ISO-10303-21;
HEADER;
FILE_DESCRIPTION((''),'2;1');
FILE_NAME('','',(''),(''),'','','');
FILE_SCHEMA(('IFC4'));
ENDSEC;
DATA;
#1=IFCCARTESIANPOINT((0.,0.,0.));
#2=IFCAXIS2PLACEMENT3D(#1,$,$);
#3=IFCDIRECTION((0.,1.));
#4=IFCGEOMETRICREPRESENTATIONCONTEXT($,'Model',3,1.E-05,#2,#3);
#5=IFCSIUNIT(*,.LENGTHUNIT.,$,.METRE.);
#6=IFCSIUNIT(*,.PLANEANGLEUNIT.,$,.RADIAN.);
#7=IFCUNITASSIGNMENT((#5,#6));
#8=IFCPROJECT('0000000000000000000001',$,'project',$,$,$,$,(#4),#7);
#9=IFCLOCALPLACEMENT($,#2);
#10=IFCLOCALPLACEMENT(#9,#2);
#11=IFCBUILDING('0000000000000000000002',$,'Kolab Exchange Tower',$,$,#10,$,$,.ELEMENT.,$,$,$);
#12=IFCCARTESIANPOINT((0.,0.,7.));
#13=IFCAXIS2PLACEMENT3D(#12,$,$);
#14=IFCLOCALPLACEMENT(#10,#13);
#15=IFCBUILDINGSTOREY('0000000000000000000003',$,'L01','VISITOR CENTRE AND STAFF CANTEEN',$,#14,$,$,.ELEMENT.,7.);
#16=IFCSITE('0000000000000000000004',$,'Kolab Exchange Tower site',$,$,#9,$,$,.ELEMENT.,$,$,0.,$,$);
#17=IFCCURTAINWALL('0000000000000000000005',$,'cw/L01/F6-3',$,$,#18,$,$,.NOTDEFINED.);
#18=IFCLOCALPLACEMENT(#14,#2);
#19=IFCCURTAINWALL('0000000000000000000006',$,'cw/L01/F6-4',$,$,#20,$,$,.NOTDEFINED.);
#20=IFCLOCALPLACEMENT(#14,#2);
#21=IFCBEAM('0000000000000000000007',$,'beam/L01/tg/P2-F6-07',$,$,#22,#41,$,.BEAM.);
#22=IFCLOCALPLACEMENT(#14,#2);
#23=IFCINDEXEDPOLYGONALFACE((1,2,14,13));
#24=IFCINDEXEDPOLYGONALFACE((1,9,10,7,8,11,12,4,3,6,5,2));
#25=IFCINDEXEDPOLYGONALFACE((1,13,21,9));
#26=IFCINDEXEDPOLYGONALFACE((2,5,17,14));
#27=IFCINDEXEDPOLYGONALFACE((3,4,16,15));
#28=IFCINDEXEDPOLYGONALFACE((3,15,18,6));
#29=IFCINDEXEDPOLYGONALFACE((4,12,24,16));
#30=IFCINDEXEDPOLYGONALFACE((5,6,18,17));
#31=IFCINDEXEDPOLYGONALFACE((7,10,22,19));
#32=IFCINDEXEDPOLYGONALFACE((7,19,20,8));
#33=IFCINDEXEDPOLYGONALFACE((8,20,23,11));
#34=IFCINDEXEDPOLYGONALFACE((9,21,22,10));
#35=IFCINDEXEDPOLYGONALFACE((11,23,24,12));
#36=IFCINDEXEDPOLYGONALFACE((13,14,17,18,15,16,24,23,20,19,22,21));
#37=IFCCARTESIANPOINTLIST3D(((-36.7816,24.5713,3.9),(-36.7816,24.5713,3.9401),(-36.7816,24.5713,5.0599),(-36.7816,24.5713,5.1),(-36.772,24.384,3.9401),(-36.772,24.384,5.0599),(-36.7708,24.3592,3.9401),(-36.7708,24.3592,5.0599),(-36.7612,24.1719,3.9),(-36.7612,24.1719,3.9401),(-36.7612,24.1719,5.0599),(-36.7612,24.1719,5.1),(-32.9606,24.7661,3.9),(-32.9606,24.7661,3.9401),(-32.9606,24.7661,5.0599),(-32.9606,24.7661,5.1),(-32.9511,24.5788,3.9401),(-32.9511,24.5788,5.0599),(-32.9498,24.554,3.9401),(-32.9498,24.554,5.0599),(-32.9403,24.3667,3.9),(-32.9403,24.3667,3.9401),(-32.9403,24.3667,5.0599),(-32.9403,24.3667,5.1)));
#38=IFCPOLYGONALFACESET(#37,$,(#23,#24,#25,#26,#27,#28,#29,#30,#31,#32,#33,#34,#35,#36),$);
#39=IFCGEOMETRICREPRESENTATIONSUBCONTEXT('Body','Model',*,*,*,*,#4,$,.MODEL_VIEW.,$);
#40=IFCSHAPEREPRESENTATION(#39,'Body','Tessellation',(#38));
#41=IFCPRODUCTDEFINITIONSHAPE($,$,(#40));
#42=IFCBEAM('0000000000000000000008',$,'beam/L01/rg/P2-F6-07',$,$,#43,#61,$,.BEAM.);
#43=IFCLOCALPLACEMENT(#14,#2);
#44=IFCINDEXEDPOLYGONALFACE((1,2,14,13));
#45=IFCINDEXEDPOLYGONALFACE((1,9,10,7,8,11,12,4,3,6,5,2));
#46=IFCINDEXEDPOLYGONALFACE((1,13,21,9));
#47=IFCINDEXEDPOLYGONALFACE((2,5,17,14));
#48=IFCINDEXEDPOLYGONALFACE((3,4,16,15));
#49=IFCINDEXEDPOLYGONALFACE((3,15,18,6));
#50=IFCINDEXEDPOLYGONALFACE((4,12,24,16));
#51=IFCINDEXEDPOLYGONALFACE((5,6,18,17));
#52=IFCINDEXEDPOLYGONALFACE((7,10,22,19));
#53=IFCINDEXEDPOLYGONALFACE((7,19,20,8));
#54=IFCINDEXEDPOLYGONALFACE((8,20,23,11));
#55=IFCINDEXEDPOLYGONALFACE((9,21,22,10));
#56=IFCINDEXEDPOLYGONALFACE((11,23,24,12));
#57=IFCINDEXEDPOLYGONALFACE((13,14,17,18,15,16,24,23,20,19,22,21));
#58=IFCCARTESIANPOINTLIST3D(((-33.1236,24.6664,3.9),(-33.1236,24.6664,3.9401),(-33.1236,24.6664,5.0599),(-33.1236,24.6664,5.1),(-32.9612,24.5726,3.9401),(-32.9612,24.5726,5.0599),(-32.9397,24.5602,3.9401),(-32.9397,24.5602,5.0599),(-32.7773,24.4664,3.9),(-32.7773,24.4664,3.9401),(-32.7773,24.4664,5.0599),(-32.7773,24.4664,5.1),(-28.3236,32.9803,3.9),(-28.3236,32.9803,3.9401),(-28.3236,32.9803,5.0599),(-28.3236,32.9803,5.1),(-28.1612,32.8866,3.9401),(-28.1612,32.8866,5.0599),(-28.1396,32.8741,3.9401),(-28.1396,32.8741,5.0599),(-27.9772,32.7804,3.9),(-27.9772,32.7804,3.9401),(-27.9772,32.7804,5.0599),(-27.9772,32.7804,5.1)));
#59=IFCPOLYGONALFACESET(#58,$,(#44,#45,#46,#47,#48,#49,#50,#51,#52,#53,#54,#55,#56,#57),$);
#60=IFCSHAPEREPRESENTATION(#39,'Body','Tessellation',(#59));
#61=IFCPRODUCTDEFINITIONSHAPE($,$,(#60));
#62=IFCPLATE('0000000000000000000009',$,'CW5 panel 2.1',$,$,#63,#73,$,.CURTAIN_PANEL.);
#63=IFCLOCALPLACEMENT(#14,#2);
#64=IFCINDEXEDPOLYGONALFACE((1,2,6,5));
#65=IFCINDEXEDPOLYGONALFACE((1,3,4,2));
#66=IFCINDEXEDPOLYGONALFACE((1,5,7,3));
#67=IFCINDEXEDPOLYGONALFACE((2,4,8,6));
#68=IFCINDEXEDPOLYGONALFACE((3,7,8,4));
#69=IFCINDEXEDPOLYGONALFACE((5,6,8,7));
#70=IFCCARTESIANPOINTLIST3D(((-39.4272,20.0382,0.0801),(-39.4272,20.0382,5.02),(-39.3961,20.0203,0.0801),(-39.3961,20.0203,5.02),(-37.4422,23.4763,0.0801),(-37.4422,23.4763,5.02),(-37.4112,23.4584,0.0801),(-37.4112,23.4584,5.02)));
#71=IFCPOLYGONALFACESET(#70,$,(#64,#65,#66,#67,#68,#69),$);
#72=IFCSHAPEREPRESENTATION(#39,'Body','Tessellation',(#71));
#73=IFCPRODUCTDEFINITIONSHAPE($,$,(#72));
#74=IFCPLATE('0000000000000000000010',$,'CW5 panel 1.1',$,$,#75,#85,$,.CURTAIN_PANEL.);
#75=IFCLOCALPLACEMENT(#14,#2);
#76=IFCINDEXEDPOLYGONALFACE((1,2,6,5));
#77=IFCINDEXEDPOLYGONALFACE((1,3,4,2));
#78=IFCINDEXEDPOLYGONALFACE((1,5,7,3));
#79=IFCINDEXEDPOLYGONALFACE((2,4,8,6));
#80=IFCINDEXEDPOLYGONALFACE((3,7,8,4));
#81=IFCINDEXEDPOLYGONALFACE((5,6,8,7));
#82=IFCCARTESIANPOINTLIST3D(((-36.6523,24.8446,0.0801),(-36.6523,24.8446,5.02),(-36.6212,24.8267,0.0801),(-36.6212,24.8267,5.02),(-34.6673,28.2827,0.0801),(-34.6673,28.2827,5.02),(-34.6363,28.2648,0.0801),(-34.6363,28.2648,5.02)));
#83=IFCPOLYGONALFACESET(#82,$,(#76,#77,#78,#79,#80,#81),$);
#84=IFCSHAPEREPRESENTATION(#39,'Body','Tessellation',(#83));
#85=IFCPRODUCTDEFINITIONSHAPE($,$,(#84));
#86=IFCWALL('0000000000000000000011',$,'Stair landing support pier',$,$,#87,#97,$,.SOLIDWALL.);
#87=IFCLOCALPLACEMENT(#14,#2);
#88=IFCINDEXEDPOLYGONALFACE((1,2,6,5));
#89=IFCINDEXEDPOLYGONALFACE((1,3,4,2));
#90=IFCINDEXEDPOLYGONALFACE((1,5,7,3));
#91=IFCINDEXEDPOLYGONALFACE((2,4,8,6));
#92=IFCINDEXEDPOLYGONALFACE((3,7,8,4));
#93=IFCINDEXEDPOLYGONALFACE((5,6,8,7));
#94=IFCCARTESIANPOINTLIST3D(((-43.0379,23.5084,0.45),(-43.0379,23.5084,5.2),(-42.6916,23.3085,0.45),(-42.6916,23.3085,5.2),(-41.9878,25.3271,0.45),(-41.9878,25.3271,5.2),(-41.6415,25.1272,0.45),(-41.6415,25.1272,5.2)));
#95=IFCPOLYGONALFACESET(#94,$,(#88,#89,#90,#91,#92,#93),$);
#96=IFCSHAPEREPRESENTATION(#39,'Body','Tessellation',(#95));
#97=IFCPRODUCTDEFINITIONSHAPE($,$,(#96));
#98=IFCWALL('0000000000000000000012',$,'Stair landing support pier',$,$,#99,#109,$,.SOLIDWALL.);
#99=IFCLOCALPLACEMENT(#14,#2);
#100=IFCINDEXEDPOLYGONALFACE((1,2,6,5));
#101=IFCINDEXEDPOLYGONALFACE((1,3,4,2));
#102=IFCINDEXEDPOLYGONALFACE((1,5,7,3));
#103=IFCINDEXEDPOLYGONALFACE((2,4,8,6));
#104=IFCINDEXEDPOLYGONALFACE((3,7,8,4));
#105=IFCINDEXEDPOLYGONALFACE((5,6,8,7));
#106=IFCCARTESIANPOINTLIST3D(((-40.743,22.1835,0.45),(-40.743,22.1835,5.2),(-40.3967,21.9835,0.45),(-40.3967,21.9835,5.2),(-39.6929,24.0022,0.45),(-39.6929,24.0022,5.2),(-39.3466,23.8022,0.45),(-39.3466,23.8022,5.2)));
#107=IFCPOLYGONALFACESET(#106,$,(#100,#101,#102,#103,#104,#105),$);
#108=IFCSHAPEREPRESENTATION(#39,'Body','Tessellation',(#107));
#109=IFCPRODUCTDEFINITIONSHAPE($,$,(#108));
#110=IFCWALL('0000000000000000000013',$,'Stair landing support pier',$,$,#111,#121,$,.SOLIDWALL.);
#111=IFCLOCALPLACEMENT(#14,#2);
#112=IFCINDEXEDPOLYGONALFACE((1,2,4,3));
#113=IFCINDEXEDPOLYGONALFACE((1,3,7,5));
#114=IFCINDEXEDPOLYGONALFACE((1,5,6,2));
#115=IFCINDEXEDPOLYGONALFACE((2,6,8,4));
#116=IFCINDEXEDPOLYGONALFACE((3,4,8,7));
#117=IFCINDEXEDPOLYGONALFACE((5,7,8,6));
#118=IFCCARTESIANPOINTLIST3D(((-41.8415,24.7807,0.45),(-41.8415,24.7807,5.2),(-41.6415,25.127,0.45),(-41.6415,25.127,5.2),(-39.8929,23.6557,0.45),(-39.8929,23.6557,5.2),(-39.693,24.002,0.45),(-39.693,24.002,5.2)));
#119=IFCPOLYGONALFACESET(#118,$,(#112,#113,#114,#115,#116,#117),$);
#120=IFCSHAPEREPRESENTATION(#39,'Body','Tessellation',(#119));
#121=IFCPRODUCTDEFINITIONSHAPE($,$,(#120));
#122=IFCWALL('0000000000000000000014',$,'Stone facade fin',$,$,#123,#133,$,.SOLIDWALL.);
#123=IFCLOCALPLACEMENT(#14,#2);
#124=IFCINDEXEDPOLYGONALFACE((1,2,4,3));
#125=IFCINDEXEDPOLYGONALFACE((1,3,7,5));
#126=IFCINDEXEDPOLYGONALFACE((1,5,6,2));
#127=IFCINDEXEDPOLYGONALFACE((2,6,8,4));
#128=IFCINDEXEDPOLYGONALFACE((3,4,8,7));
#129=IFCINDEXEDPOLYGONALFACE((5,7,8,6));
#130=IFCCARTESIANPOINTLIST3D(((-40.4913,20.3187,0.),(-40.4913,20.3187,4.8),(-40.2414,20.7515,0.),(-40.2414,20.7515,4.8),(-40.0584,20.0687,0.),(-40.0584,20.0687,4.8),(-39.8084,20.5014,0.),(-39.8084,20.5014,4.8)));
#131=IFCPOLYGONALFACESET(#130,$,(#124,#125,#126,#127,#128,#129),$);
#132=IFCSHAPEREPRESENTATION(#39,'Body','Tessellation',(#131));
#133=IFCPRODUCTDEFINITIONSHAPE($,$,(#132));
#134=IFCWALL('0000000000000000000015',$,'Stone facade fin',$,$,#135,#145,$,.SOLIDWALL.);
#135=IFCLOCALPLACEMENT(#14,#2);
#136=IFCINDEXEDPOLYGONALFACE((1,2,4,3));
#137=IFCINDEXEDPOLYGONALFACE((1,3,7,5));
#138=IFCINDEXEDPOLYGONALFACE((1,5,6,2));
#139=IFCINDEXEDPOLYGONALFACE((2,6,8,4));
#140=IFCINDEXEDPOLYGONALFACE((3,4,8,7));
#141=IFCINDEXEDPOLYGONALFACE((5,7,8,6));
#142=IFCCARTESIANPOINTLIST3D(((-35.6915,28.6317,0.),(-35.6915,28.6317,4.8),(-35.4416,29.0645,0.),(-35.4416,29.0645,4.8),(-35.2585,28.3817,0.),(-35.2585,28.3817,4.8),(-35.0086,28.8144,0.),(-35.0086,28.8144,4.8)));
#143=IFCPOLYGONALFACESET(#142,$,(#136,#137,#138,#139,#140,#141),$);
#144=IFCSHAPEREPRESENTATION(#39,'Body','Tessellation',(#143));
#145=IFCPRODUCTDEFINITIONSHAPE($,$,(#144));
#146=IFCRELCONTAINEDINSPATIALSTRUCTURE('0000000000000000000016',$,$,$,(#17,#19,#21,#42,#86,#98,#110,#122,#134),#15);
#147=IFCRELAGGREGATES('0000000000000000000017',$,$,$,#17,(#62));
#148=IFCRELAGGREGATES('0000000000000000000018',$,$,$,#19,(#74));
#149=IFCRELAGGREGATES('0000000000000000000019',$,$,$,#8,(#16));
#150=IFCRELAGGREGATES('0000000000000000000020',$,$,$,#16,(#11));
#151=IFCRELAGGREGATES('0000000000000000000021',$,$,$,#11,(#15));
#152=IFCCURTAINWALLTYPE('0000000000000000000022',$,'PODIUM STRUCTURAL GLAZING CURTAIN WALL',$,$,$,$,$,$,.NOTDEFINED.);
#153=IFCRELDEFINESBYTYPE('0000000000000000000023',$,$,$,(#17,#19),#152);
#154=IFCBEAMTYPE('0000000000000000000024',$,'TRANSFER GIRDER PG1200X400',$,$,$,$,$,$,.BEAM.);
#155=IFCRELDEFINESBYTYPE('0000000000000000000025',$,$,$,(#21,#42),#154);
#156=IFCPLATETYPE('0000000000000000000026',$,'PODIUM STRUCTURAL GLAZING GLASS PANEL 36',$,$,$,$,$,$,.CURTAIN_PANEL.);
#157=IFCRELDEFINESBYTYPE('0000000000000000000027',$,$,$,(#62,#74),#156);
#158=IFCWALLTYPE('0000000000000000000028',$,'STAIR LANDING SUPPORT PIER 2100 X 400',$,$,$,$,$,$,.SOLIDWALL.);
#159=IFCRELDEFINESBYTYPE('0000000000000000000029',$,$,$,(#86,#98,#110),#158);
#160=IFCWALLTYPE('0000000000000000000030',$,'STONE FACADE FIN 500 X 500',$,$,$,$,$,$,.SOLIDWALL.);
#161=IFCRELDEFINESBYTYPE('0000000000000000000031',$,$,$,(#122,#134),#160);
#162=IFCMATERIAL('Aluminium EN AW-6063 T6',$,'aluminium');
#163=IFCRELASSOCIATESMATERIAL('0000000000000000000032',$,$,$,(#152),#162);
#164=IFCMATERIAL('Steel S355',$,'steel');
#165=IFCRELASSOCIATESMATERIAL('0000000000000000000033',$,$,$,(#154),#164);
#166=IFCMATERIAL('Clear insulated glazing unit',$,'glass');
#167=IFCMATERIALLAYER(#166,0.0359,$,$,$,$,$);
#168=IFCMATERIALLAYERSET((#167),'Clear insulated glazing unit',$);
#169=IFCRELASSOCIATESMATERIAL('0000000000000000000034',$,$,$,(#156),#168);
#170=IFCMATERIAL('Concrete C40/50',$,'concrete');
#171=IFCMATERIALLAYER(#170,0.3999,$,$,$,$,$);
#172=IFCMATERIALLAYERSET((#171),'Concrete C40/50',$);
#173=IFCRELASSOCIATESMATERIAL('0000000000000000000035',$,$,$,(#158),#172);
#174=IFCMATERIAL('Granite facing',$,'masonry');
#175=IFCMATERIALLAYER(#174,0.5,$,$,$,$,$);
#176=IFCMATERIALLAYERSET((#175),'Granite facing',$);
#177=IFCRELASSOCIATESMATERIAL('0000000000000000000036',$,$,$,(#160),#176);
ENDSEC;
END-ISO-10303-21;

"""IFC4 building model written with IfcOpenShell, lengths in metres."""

from ifc_helpers import new_model, si_unit, direction, frame, frame_2d, origin, origin_2d, place, context, subcontext, project, spatial, rectangle, i_section, extrude, material, layer, layer_set, material_profile, profile_set, type_object, element, aggregate, save


model = new_model("IFC4")

# Units and contexts
model_context = context("Model", 3, precision=1e-05, world=origin(), true_north=direction((0.0, 1.0)))
body_context = subcontext(model_context, "Body", "Model", "MODEL_VIEW")
ifc_project = project(units=[si_unit("LENGTHUNIT", "METRE"), si_unit("PLANEANGLEUNIT", "RADIAN")], contexts=[model_context])

# Site, building, storey
site_placement = place(None, origin())
site = spatial("IfcSite", under=ifc_project, at=site_placement, Name="Kolab Exchange Tower site", CompositionType="ELEMENT", RefElevation=0.0)
building_placement = place(site_placement, origin())
building = spatial("IfcBuilding", under=site, at=building_placement, Name="Kolab Exchange Tower", CompositionType="ELEMENT")
storey_placement = place(building_placement, frame((0.0, 0.0, 7.0)))
storey = spatial("IfcBuildingStorey", under=building, at=storey_placement, Name="L01", Description="VISITOR CENTRE AND STAFF CANTEEN", CompositionType="ELEMENT", Elevation=7.0)

# Shared definitions
ifc_material_1 = material(Name="Steel S355", Category="steel")

# Curtain walls
ifc_material_2 = material(Name="Aluminium EN AW-6063 T6", Category="aluminium")
curtain_wall_type = type_object("IfcCurtainWallType", Name="PODIUM STRUCTURAL GLAZING CURTAIN WALL", PredefinedType="NOTDEFINED", material=ifc_material_2)
curtain_wall_1_placement = place(storey_placement, origin())
curtain_wall_1 = element("IfcCurtainWall", 1, at=curtain_wall_1_placement, inside=storey, type_object=curtain_wall_type, Name="cw/L01/F6-3", PredefinedType="NOTDEFINED")
curtain_wall_2_placement = place(storey_placement, origin())
curtain_wall_2 = element("IfcCurtainWall", 2, at=curtain_wall_2_placement, inside=storey, type_object=curtain_wall_type, Name="cw/L01/F6-4", PredefinedType="NOTDEFINED")

# Beams
ifc_material_profile_1 = material_profile(ifc_material_1, i_section(OverallWidth=0.3999, OverallDepth=1.2, WebThickness=0.0249, FlangeThickness=0.04, at=origin_2d()), Name="PG1200X400")
ifc_profile_set_1 = profile_set([ifc_material_profile_1], Name="Steel S355")
beam_type_1 = type_object("IfcBeamType", Name="TRANSFER GIRDER PG1200X400", PredefinedType="BEAM", material=ifc_profile_set_1)
beam_1_placement = place(storey_placement, frame((-32.9504, 24.5664, 4.5), z_axis=(-0.998703, -0.050921, 0.0), x_axis=(0.050921, -0.998703, 0.0)))
element("IfcBeam", 3, at=beam_1_placement, inside=storey, type_object=beam_type_1, Name="beam/L01/tg/P2-F6-07", PredefinedType="BEAM", context=body_context, shape_type="SweptSolid", body=[
    extrude(i_section(OverallWidth=0.3999, OverallDepth=1.2, WebThickness=0.0249, FlangeThickness=0.04, at=origin_2d()), origin(), (0.0, 0.0, 1.0), 3.8259),
])
beam_2_placement = place(storey_placement, frame((-32.9504, 24.5664, 4.5), z_axis=(0.499998, 0.866026, 0.0), x_axis=(-0.866026, 0.499998, 0.0)))
element("IfcBeam", 4, at=beam_2_placement, inside=storey, type_object=beam_type_1, Name="beam/L01/rg/P2-F6-07", PredefinedType="BEAM", context=body_context, shape_type="SweptSolid", body=[
    extrude(i_section(OverallWidth=0.3999, OverallDepth=1.2, WebThickness=0.0249, FlangeThickness=0.04, at=origin_2d()), origin(), (0.0, 0.0, 1.0), 9.6001),
])

# Plates
ifc_material_3 = material(Name="Clear insulated glazing unit", Category="glass")
ifc_layer_1 = layer(ifc_material_3, 0.0359)
ifc_layer_set_1 = layer_set([ifc_layer_1], Name="Clear insulated glazing unit")
plate_type = type_object("IfcPlateType", Name="PODIUM STRUCTURAL GLAZING GLASS PANEL 36", PredefinedType="CURTAIN_PANEL", material=ifc_layer_set_1)
plate_1_placement = place(storey_placement, frame((-38.4192, 21.7483, 0.0801), z_axis=(0.0, 0.0, 1.0), x_axis=(0.5, 0.866025, 0.0)))
plate_1 = element("IfcPlate", 5, at=plate_1_placement, type_object=plate_type, Name="CW5 panel 2.1", PredefinedType="CURTAIN_PANEL", context=body_context, shape_type="SweptSolid", body=[
    extrude(rectangle(XDim=3.97, YDim=0.0359, at=origin_2d()), origin(), (0.0, 0.0, 1.0), 4.9399),
])
aggregate(curtain_wall_1, [plate_1])
plate_2_placement = place(storey_placement, frame((-35.6443, 26.5547, 0.0801), z_axis=(0.0, 0.0, 1.0), x_axis=(0.5, 0.866025, 0.0)))
plate_2 = element("IfcPlate", 6, at=plate_2_placement, type_object=plate_type, Name="CW5 panel 1.1", PredefinedType="CURTAIN_PANEL", context=body_context, shape_type="SweptSolid", body=[
    extrude(rectangle(XDim=3.97, YDim=0.0359, at=origin_2d()), origin(), (0.0, 0.0, 1.0), 4.9399),
])
aggregate(curtain_wall_2, [plate_2])

# Walls
ifc_material_4 = material(Name="Concrete C40/50", Category="concrete")
ifc_layer_2 = layer(ifc_material_4, 0.3999)
ifc_layer_set_2 = layer_set([ifc_layer_2], Name="Concrete C40/50")
wall_type_1 = type_object("IfcWallType", Name="STAIR LANDING SUPPORT PIER 2100 X 400", PredefinedType="SOLIDWALL", material=ifc_layer_set_2)
for number, where, z_axis, x_axis, name in (
    (7, (-42.8647, 23.4084, 0.45), (0.0, 0.0, 1.0), (0.500028, 0.866009, 0.0), "Stair landing support pier"),
    (8, (-40.5698, 22.0835, 0.45), (0.0, 0.0, 1.0), (0.500028, 0.866009, 0.0), "Stair landing support pier"),
):
    element("IfcWall", number, at=place(storey_placement, frame(where, z_axis=z_axis, x_axis=x_axis)), inside=storey, type_object=wall_type_1, Name=name, PredefinedType="SOLIDWALL", context=body_context, shape_type="SweptSolid", body=[
        extrude(rectangle(XDim=2.1001, YDim=0.3999, at=frame_2d((1.05, 0.0))), origin(), (0.0, 0.0, 1.0), 4.75),
    ])
wall_placement = place(storey_placement, frame((-39.793, 23.8289, 0.45), z_axis=(0.0, 0.0, 1.0), x_axis=(-0.866018, 0.500014, 0.0)))
element("IfcWall", 9, at=wall_placement, inside=storey, type_object=wall_type_1, Name="Stair landing support pier", PredefinedType="SOLIDWALL", context=body_context, shape_type="SweptSolid", body=[
    extrude(rectangle(XDim=2.25, YDim=0.3999, at=frame_2d((1.125, 0.0))), origin(), (0.0, 0.0, 1.0), 4.75),
])
ifc_material_5 = material(Name="Granite facing", Category="masonry")
ifc_layer_3 = layer(ifc_material_5, 0.5)
ifc_layer_set_3 = layer_set([ifc_layer_3], Name="Granite facing")
wall_type_2 = type_object("IfcWallType", Name="STONE FACADE FIN 500 X 500", PredefinedType="SOLIDWALL", material=ifc_layer_set_3)
for number, where, z_axis, x_axis, name in (
    (10, (-40.2749, 20.1936, 0.0), (0.0, 0.0, 1.0), (0.500131, 0.86595, 0.0), "Stone facade fin"),
    (11, (-35.4751, 28.5066, 0.0), (0.0, 0.0, 1.0), (0.500131, 0.86595, 0.0), "Stone facade fin"),
):
    element("IfcWall", number, at=place(storey_placement, frame(where, z_axis=z_axis, x_axis=x_axis)), inside=storey, type_object=wall_type_2, Name=name, PredefinedType="SOLIDWALL", context=body_context, shape_type="SweptSolid", body=[
        extrude(rectangle(XDim=0.4998, YDim=0.5, at=frame_2d((0.25, 0.0))), origin(), (0.0, 0.0, 1.0), 4.8),
    ])

save(model, "model.ifc")
